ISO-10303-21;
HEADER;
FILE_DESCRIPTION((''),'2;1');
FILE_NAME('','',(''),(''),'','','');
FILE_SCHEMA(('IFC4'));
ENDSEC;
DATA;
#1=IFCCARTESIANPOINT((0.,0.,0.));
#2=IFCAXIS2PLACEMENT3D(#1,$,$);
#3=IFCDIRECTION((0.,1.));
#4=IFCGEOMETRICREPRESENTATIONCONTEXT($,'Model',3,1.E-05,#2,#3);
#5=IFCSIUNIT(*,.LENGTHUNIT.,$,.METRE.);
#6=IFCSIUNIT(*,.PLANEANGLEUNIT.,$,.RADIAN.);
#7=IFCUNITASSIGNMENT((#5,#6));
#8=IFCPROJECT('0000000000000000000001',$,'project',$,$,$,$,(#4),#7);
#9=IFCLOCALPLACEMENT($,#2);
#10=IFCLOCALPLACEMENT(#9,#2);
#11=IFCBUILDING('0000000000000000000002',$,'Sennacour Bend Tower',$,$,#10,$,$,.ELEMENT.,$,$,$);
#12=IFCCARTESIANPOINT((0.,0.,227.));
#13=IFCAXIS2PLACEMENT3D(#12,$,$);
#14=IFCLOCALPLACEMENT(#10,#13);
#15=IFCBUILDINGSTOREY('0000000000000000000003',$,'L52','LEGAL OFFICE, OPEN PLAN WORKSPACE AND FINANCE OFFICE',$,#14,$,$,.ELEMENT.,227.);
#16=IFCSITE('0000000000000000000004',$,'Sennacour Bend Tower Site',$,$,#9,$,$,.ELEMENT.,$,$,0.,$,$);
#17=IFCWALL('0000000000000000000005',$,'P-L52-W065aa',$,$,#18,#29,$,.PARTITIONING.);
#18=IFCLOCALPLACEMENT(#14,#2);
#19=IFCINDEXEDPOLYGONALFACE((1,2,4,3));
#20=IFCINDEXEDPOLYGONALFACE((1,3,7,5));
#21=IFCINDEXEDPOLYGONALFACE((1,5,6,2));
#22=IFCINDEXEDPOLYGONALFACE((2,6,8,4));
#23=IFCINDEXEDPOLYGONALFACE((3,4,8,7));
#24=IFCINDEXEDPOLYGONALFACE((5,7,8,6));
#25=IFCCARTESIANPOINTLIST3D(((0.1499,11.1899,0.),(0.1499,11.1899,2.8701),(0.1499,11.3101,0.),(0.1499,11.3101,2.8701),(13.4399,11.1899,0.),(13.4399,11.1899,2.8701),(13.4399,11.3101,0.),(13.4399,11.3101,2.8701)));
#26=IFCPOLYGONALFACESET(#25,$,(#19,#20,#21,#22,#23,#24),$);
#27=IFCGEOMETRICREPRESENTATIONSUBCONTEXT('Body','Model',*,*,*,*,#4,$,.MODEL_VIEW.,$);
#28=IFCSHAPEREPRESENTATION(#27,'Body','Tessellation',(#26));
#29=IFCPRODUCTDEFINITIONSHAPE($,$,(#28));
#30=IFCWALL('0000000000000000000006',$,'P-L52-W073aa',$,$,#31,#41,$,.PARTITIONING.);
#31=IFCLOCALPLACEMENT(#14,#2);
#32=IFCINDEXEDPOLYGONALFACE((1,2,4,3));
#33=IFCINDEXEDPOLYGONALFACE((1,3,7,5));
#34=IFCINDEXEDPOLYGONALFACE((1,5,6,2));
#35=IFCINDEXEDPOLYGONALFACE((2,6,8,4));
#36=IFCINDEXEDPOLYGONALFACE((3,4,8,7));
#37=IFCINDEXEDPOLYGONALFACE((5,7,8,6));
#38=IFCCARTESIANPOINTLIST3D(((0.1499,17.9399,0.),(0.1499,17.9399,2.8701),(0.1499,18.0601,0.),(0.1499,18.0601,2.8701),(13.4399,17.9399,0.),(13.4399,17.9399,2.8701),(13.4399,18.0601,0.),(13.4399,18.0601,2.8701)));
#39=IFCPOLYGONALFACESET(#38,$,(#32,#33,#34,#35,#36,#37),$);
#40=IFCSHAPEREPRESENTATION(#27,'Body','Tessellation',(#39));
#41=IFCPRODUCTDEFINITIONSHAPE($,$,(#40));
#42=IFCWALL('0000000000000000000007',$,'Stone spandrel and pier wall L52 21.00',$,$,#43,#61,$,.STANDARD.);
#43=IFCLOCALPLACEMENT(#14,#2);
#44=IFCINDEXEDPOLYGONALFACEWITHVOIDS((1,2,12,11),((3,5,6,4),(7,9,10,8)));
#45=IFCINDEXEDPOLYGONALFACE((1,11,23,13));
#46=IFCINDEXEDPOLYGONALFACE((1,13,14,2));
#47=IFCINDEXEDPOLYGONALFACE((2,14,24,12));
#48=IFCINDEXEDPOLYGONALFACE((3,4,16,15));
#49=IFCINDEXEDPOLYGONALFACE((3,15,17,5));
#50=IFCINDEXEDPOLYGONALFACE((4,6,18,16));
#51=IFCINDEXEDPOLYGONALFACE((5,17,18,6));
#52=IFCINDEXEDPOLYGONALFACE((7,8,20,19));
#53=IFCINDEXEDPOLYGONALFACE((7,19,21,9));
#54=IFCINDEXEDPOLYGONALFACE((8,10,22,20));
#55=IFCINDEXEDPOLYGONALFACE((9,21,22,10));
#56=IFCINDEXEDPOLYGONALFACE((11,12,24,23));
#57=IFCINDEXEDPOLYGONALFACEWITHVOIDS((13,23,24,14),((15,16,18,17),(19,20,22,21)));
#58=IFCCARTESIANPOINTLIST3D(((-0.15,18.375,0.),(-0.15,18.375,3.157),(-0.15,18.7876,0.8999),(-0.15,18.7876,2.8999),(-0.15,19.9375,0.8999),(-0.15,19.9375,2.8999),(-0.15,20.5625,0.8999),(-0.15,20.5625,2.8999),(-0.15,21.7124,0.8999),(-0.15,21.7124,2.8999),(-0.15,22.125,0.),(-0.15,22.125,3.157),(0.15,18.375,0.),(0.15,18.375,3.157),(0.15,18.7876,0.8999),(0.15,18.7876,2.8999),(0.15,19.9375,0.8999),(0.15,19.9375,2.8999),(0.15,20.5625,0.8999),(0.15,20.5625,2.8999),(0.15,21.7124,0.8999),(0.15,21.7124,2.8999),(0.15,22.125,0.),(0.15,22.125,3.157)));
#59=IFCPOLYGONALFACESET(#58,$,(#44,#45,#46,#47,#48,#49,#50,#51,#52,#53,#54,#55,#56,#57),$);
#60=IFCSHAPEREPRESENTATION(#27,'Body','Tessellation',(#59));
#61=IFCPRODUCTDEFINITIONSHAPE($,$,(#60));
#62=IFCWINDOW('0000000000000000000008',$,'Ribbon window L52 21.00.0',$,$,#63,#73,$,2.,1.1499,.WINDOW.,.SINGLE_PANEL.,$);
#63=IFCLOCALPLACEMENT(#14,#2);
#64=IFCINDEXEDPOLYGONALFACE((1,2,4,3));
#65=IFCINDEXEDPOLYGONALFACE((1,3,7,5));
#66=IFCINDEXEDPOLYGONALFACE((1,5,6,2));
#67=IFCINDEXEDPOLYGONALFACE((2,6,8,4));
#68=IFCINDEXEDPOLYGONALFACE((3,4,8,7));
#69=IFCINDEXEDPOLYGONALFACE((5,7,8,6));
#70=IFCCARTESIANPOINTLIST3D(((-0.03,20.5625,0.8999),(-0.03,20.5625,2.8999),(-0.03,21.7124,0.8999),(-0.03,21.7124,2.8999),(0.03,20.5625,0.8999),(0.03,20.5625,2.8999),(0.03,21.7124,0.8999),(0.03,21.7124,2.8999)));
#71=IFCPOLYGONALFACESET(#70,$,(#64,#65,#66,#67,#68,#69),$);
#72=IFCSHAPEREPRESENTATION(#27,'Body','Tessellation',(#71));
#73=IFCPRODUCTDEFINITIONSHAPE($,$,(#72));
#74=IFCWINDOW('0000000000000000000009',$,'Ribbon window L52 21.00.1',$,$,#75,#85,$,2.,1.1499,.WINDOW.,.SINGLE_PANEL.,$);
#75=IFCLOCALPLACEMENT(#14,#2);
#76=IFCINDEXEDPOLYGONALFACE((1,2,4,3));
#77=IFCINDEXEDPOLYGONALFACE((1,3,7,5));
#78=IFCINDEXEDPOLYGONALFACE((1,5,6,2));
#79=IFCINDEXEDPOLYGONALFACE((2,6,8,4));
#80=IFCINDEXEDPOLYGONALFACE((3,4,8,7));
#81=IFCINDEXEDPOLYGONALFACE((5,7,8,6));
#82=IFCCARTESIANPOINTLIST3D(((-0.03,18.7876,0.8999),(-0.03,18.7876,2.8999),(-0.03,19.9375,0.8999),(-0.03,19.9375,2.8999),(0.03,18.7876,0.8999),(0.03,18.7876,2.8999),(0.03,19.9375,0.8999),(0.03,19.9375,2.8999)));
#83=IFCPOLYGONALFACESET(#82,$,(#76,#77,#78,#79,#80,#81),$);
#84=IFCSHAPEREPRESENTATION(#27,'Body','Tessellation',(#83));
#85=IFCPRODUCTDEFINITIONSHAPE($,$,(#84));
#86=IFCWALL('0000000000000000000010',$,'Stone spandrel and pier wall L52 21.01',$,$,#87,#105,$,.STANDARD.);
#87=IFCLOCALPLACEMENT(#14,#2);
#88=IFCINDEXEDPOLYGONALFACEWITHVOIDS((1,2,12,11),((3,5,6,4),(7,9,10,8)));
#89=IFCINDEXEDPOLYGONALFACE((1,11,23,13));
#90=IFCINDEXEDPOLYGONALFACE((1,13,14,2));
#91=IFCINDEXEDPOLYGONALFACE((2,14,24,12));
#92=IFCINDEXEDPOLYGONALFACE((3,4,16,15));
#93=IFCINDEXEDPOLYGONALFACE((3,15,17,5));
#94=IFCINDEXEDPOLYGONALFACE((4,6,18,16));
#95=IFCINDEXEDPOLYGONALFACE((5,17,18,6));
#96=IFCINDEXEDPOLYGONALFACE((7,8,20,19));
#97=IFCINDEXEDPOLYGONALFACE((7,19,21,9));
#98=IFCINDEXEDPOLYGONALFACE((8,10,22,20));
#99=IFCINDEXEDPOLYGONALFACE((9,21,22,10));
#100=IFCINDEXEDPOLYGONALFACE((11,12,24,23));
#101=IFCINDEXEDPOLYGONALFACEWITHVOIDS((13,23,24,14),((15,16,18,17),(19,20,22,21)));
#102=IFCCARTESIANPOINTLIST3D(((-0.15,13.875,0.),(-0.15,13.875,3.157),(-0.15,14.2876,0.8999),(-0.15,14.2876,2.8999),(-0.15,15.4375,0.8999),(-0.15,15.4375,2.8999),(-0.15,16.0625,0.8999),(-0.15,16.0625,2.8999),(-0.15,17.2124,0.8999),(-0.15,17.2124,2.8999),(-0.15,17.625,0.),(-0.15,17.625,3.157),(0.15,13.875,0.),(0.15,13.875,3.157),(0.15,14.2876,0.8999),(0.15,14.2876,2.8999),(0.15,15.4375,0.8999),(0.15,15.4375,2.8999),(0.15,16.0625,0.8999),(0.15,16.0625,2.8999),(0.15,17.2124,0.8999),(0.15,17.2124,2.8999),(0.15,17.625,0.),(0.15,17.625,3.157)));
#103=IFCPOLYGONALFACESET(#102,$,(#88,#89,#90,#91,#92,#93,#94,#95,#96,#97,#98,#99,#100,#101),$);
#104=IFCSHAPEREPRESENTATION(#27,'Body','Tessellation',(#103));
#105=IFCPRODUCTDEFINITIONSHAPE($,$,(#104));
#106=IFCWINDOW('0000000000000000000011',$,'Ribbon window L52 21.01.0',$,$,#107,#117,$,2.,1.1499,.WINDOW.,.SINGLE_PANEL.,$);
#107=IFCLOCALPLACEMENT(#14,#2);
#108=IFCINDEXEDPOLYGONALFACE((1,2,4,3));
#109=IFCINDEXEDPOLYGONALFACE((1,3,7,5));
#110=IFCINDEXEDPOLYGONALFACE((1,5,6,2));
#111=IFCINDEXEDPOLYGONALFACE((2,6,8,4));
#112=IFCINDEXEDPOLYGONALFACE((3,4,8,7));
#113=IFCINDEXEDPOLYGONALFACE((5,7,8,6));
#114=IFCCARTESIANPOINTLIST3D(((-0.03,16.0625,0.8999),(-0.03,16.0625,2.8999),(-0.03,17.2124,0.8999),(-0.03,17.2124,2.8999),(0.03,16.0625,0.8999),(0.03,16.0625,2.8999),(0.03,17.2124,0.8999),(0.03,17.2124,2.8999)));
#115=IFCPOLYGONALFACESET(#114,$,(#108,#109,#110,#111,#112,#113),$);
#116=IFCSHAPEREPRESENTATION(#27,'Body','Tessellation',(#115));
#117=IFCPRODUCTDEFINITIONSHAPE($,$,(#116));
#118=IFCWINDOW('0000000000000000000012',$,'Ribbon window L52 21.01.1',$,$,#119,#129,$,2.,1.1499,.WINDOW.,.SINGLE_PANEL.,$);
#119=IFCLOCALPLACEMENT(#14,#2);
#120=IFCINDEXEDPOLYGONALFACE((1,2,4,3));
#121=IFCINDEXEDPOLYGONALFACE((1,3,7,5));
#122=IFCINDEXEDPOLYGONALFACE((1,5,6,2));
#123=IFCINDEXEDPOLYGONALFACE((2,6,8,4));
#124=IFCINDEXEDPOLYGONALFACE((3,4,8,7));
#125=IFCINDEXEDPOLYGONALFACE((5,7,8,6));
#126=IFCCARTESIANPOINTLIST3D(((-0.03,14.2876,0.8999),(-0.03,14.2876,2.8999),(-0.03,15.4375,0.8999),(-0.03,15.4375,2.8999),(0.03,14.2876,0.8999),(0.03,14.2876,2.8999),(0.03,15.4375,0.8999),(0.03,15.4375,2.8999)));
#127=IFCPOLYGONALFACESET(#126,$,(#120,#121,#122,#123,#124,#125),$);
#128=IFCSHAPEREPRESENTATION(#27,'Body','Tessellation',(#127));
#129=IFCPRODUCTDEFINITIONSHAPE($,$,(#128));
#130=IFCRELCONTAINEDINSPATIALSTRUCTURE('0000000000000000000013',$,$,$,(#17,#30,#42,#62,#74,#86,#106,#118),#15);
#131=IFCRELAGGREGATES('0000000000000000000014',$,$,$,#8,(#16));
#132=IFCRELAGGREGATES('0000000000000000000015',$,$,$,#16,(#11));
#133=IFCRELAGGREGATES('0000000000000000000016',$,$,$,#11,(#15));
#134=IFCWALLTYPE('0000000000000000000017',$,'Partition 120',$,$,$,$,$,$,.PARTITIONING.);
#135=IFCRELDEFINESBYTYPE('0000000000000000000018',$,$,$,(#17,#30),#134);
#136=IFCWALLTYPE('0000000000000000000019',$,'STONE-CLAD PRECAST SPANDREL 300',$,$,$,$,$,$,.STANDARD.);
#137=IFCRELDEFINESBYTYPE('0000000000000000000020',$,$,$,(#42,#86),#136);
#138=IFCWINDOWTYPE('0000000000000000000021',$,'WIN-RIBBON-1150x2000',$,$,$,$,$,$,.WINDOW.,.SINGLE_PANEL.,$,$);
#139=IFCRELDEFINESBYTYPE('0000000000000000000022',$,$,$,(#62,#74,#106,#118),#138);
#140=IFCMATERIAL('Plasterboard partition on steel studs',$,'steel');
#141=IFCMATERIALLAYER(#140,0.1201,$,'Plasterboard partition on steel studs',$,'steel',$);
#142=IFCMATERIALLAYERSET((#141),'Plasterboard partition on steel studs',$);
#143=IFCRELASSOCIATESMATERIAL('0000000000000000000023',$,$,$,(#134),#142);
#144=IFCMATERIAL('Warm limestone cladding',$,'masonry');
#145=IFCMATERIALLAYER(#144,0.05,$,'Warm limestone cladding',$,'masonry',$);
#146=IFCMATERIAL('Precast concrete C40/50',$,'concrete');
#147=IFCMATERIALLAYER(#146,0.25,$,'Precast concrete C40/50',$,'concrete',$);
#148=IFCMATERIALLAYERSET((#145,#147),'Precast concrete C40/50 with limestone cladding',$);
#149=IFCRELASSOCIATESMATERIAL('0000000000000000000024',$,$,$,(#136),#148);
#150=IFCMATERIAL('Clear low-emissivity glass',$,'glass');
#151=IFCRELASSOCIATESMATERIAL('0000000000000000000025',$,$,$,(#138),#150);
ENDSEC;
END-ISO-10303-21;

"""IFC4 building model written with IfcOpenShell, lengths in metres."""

from ifc_helpers import new_model, si_unit, direction, frame, frame_2d, origin, place, context, subcontext, project, spatial, rectangle, extrude, material, layer, layer_set, type_object, element, fill, save


model = new_model("IFC4")

# Units and contexts
model_context = context("Model", 3, precision=1e-05, world=origin(), true_north=direction((0.0, 1.0)))
body_context = subcontext(model_context, "Body", "Model", "MODEL_VIEW")
ifc_project = project(units=[si_unit("LENGTHUNIT", "METRE"), si_unit("PLANEANGLEUNIT", "RADIAN")], contexts=[model_context])

# Site, building, storey
site_placement = place(None, origin())
site = spatial("IfcSite", under=ifc_project, at=site_placement, Name="Sennacour Bend Tower Site", CompositionType="ELEMENT", RefElevation=0.0)
building_placement = place(site_placement, origin())
building = spatial("IfcBuilding", under=site, at=building_placement, Name="Sennacour Bend Tower", CompositionType="ELEMENT")
storey_placement = place(building_placement, frame((0.0, 0.0, 227.0)))
storey = spatial("IfcBuildingStorey", under=building, at=storey_placement, Name="L52", Description="LEGAL OFFICE, OPEN PLAN WORKSPACE AND FINANCE OFFICE", CompositionType="ELEMENT", Elevation=227.0)

# Walls
ifc_material_1 = material(Name="Plasterboard partition on steel studs", Category="steel")
ifc_layer_1 = layer(ifc_material_1, 0.1201, Name="Plasterboard partition on steel studs", Category="steel")
ifc_layer_set_1 = layer_set([ifc_layer_1], Name="Plasterboard partition on steel studs")
wall_type_1 = type_object("IfcWallType", Name="Partition 120", PredefinedType="PARTITIONING", material=ifc_layer_set_1)
for number, where, z_axis, x_axis, name in (
    (1, (0.1499, 11.25, 0.0), (0.0, 0.0, 1.0), (1.0, 0.0, 0.0), "P-L52-W065aa"),
    (2, (0.1499, 18.0, 0.0), (0.0, 0.0, 1.0), (1.0, 0.0, 0.0), "P-L52-W073aa"),
):
    element("IfcWall", number, at=place(storey_placement, frame(where, z_axis=z_axis, x_axis=x_axis)), inside=storey, type_object=wall_type_1, Name=name, PredefinedType="PARTITIONING", context=body_context, shape_type="SweptSolid", body=[
        extrude(rectangle(XDim=13.29, YDim=0.1201, at=frame_2d((6.645, 0.0))), origin(), (0.0, 0.0, 1.0), 2.8701),
    ])

# Walls, openings, windows
ifc_material_2 = material(Name="Warm limestone cladding", Category="masonry")
ifc_layer_2 = layer(ifc_material_2, 0.05, Name="Warm limestone cladding", Category="masonry")
ifc_material_3 = material(Name="Precast concrete C40/50", Category="concrete")
ifc_layer_3 = layer(ifc_material_3, 0.25, Name="Precast concrete C40/50", Category="concrete")
ifc_layer_set_2 = layer_set([ifc_layer_2, ifc_layer_3], Name="Precast concrete C40/50 with limestone cladding")
wall_type_2 = type_object("IfcWallType", Name="STONE-CLAD PRECAST SPANDREL 300", PredefinedType="STANDARD", material=ifc_layer_set_2)
wall_1_placement = place(storey_placement, frame((0.0, 22.125, 0.0), z_axis=(0.0, 0.0, 1.0), x_axis=(0.0, -1.0, 0.0)))
wall_1 = element("IfcWall", 3, at=wall_1_placement, inside=storey, type_object=wall_type_2, Name="Stone spandrel and pier wall L52 21.00", PredefinedType="STANDARD", context=body_context, shape_type="SweptSolid", body=[
    extrude(rectangle(XDim=3.75, YDim=0.3, at=frame_2d((1.875, 0.0))), origin(), (0.0, 0.0, 1.0), 3.157),
])
opening_1_placement = place(wall_1_placement, frame((0.4126, 0.0, 0.8999)))
opening_1 = element("IfcOpeningElement", 4, at=opening_1_placement, cuts=wall_1, PredefinedType="OPENING", context=body_context, shape_type="SweptSolid", body=[
    extrude(rectangle(XDim=1.1499, YDim=2.0, at=frame_2d((0.575, 1.0))), frame((0.0, 0.1602, 0.0), z_axis=(0.0, -1.0, 0.0), x_axis=(1.0, 0.0, 0.0)), (0.0, 0.0, 1.0), 0.3201),
])
opening_2_placement = place(wall_1_placement, frame((2.1875, 0.0, 0.8999)))
opening_2 = element("IfcOpeningElement", 5, at=opening_2_placement, cuts=wall_1, PredefinedType="OPENING", context=body_context, shape_type="SweptSolid", body=[
    extrude(rectangle(XDim=1.1499, YDim=2.0, at=frame_2d((0.575, 1.0))), frame((0.0, 0.1602, 0.0), z_axis=(0.0, -1.0, 0.0), x_axis=(1.0, 0.0, 0.0)), (0.0, 0.0, 1.0), 0.3201),
])
ifc_material_4 = material(Name="Clear low-emissivity glass", Category="glass")
window_type = type_object("IfcWindowType", Name="WIN-RIBBON-1150x2000", PartitioningType="SINGLE_PANEL", PredefinedType="WINDOW", material=ifc_material_4)
window_1_placement = place(opening_1_placement, origin())
window_1 = element("IfcWindow", 6, at=window_1_placement, inside=storey, type_object=window_type, Name="Ribbon window L52 21.00.0", OverallHeight=2.0, OverallWidth=1.1499, PartitioningType="SINGLE_PANEL", PredefinedType="WINDOW", context=body_context, shape_type="SweptSolid", body=[
    extrude(rectangle(XDim=1.1499, YDim=2.0, at=frame_2d((0.575, 1.0))), frame((0.0, 0.03, 0.0), z_axis=(0.0, -1.0, 0.0), x_axis=(1.0, 0.0, 0.0)), (0.0, 0.0, 1.0), 0.0601),
])
fill(opening_1, window_1)
window_2_placement = place(opening_2_placement, origin())
window_2 = element("IfcWindow", 7, at=window_2_placement, inside=storey, type_object=window_type, Name="Ribbon window L52 21.00.1", OverallHeight=2.0, OverallWidth=1.1499, PartitioningType="SINGLE_PANEL", PredefinedType="WINDOW", context=body_context, shape_type="SweptSolid", body=[
    extrude(rectangle(XDim=1.1499, YDim=2.0, at=frame_2d((0.575, 1.0))), frame((0.0, 0.03, 0.0), z_axis=(0.0, -1.0, 0.0), x_axis=(1.0, 0.0, 0.0)), (0.0, 0.0, 1.0), 0.0601),
])
fill(opening_2, window_2)
wall_2_placement = place(storey_placement, frame((0.0, 17.625, 0.0), z_axis=(0.0, 0.0, 1.0), x_axis=(0.0, -1.0, 0.0)))
wall_2 = element("IfcWall", 8, at=wall_2_placement, inside=storey, type_object=wall_type_2, Name="Stone spandrel and pier wall L52 21.01", PredefinedType="STANDARD", context=body_context, shape_type="SweptSolid", body=[
    extrude(rectangle(XDim=3.75, YDim=0.3, at=frame_2d((1.875, 0.0))), origin(), (0.0, 0.0, 1.0), 3.157),
])
opening_3_placement = place(wall_2_placement, frame((0.4126, 0.0, 0.8999)))
opening_3 = element("IfcOpeningElement", 9, at=opening_3_placement, cuts=wall_2, PredefinedType="OPENING", context=body_context, shape_type="SweptSolid", body=[
    extrude(rectangle(XDim=1.1499, YDim=2.0, at=frame_2d((0.575, 1.0))), frame((0.0, 0.1602, 0.0), z_axis=(0.0, -1.0, 0.0), x_axis=(1.0, 0.0, 0.0)), (0.0, 0.0, 1.0), 0.3201),
])
opening_4_placement = place(wall_2_placement, frame((2.1875, 0.0, 0.8999)))
opening_4 = element("IfcOpeningElement", 10, at=opening_4_placement, cuts=wall_2, PredefinedType="OPENING", context=body_context, shape_type="SweptSolid", body=[
    extrude(rectangle(XDim=1.1499, YDim=2.0, at=frame_2d((0.575, 1.0))), frame((0.0, 0.1602, 0.0), z_axis=(0.0, -1.0, 0.0), x_axis=(1.0, 0.0, 0.0)), (0.0, 0.0, 1.0), 0.3201),
])
window_3_placement = place(opening_3_placement, origin())
window_3 = element("IfcWindow", 11, at=window_3_placement, inside=storey, type_object=window_type, Name="Ribbon window L52 21.01.0", OverallHeight=2.0, OverallWidth=1.1499, PartitioningType="SINGLE_PANEL", PredefinedType="WINDOW", context=body_context, shape_type="SweptSolid", body=[
    extrude(rectangle(XDim=1.1499, YDim=2.0, at=frame_2d((0.575, 1.0))), frame((0.0, 0.03, 0.0), z_axis=(0.0, -1.0, 0.0), x_axis=(1.0, 0.0, 0.0)), (0.0, 0.0, 1.0), 0.0601),
])
fill(opening_3, window_3)
window_4_placement = place(opening_4_placement, origin())
window_4 = element("IfcWindow", 12, at=window_4_placement, inside=storey, type_object=window_type, Name="Ribbon window L52 21.01.1", OverallHeight=2.0, OverallWidth=1.1499, PartitioningType="SINGLE_PANEL", PredefinedType="WINDOW", context=body_context, shape_type="SweptSolid", body=[
    extrude(rectangle(XDim=1.1499, YDim=2.0, at=frame_2d((0.575, 1.0))), frame((0.0, 0.03, 0.0), z_axis=(0.0, -1.0, 0.0), x_axis=(1.0, 0.0, 0.0)), (0.0, 0.0, 1.0), 0.0601),
])
fill(opening_4, window_4)

save(model, "model.ifc")
